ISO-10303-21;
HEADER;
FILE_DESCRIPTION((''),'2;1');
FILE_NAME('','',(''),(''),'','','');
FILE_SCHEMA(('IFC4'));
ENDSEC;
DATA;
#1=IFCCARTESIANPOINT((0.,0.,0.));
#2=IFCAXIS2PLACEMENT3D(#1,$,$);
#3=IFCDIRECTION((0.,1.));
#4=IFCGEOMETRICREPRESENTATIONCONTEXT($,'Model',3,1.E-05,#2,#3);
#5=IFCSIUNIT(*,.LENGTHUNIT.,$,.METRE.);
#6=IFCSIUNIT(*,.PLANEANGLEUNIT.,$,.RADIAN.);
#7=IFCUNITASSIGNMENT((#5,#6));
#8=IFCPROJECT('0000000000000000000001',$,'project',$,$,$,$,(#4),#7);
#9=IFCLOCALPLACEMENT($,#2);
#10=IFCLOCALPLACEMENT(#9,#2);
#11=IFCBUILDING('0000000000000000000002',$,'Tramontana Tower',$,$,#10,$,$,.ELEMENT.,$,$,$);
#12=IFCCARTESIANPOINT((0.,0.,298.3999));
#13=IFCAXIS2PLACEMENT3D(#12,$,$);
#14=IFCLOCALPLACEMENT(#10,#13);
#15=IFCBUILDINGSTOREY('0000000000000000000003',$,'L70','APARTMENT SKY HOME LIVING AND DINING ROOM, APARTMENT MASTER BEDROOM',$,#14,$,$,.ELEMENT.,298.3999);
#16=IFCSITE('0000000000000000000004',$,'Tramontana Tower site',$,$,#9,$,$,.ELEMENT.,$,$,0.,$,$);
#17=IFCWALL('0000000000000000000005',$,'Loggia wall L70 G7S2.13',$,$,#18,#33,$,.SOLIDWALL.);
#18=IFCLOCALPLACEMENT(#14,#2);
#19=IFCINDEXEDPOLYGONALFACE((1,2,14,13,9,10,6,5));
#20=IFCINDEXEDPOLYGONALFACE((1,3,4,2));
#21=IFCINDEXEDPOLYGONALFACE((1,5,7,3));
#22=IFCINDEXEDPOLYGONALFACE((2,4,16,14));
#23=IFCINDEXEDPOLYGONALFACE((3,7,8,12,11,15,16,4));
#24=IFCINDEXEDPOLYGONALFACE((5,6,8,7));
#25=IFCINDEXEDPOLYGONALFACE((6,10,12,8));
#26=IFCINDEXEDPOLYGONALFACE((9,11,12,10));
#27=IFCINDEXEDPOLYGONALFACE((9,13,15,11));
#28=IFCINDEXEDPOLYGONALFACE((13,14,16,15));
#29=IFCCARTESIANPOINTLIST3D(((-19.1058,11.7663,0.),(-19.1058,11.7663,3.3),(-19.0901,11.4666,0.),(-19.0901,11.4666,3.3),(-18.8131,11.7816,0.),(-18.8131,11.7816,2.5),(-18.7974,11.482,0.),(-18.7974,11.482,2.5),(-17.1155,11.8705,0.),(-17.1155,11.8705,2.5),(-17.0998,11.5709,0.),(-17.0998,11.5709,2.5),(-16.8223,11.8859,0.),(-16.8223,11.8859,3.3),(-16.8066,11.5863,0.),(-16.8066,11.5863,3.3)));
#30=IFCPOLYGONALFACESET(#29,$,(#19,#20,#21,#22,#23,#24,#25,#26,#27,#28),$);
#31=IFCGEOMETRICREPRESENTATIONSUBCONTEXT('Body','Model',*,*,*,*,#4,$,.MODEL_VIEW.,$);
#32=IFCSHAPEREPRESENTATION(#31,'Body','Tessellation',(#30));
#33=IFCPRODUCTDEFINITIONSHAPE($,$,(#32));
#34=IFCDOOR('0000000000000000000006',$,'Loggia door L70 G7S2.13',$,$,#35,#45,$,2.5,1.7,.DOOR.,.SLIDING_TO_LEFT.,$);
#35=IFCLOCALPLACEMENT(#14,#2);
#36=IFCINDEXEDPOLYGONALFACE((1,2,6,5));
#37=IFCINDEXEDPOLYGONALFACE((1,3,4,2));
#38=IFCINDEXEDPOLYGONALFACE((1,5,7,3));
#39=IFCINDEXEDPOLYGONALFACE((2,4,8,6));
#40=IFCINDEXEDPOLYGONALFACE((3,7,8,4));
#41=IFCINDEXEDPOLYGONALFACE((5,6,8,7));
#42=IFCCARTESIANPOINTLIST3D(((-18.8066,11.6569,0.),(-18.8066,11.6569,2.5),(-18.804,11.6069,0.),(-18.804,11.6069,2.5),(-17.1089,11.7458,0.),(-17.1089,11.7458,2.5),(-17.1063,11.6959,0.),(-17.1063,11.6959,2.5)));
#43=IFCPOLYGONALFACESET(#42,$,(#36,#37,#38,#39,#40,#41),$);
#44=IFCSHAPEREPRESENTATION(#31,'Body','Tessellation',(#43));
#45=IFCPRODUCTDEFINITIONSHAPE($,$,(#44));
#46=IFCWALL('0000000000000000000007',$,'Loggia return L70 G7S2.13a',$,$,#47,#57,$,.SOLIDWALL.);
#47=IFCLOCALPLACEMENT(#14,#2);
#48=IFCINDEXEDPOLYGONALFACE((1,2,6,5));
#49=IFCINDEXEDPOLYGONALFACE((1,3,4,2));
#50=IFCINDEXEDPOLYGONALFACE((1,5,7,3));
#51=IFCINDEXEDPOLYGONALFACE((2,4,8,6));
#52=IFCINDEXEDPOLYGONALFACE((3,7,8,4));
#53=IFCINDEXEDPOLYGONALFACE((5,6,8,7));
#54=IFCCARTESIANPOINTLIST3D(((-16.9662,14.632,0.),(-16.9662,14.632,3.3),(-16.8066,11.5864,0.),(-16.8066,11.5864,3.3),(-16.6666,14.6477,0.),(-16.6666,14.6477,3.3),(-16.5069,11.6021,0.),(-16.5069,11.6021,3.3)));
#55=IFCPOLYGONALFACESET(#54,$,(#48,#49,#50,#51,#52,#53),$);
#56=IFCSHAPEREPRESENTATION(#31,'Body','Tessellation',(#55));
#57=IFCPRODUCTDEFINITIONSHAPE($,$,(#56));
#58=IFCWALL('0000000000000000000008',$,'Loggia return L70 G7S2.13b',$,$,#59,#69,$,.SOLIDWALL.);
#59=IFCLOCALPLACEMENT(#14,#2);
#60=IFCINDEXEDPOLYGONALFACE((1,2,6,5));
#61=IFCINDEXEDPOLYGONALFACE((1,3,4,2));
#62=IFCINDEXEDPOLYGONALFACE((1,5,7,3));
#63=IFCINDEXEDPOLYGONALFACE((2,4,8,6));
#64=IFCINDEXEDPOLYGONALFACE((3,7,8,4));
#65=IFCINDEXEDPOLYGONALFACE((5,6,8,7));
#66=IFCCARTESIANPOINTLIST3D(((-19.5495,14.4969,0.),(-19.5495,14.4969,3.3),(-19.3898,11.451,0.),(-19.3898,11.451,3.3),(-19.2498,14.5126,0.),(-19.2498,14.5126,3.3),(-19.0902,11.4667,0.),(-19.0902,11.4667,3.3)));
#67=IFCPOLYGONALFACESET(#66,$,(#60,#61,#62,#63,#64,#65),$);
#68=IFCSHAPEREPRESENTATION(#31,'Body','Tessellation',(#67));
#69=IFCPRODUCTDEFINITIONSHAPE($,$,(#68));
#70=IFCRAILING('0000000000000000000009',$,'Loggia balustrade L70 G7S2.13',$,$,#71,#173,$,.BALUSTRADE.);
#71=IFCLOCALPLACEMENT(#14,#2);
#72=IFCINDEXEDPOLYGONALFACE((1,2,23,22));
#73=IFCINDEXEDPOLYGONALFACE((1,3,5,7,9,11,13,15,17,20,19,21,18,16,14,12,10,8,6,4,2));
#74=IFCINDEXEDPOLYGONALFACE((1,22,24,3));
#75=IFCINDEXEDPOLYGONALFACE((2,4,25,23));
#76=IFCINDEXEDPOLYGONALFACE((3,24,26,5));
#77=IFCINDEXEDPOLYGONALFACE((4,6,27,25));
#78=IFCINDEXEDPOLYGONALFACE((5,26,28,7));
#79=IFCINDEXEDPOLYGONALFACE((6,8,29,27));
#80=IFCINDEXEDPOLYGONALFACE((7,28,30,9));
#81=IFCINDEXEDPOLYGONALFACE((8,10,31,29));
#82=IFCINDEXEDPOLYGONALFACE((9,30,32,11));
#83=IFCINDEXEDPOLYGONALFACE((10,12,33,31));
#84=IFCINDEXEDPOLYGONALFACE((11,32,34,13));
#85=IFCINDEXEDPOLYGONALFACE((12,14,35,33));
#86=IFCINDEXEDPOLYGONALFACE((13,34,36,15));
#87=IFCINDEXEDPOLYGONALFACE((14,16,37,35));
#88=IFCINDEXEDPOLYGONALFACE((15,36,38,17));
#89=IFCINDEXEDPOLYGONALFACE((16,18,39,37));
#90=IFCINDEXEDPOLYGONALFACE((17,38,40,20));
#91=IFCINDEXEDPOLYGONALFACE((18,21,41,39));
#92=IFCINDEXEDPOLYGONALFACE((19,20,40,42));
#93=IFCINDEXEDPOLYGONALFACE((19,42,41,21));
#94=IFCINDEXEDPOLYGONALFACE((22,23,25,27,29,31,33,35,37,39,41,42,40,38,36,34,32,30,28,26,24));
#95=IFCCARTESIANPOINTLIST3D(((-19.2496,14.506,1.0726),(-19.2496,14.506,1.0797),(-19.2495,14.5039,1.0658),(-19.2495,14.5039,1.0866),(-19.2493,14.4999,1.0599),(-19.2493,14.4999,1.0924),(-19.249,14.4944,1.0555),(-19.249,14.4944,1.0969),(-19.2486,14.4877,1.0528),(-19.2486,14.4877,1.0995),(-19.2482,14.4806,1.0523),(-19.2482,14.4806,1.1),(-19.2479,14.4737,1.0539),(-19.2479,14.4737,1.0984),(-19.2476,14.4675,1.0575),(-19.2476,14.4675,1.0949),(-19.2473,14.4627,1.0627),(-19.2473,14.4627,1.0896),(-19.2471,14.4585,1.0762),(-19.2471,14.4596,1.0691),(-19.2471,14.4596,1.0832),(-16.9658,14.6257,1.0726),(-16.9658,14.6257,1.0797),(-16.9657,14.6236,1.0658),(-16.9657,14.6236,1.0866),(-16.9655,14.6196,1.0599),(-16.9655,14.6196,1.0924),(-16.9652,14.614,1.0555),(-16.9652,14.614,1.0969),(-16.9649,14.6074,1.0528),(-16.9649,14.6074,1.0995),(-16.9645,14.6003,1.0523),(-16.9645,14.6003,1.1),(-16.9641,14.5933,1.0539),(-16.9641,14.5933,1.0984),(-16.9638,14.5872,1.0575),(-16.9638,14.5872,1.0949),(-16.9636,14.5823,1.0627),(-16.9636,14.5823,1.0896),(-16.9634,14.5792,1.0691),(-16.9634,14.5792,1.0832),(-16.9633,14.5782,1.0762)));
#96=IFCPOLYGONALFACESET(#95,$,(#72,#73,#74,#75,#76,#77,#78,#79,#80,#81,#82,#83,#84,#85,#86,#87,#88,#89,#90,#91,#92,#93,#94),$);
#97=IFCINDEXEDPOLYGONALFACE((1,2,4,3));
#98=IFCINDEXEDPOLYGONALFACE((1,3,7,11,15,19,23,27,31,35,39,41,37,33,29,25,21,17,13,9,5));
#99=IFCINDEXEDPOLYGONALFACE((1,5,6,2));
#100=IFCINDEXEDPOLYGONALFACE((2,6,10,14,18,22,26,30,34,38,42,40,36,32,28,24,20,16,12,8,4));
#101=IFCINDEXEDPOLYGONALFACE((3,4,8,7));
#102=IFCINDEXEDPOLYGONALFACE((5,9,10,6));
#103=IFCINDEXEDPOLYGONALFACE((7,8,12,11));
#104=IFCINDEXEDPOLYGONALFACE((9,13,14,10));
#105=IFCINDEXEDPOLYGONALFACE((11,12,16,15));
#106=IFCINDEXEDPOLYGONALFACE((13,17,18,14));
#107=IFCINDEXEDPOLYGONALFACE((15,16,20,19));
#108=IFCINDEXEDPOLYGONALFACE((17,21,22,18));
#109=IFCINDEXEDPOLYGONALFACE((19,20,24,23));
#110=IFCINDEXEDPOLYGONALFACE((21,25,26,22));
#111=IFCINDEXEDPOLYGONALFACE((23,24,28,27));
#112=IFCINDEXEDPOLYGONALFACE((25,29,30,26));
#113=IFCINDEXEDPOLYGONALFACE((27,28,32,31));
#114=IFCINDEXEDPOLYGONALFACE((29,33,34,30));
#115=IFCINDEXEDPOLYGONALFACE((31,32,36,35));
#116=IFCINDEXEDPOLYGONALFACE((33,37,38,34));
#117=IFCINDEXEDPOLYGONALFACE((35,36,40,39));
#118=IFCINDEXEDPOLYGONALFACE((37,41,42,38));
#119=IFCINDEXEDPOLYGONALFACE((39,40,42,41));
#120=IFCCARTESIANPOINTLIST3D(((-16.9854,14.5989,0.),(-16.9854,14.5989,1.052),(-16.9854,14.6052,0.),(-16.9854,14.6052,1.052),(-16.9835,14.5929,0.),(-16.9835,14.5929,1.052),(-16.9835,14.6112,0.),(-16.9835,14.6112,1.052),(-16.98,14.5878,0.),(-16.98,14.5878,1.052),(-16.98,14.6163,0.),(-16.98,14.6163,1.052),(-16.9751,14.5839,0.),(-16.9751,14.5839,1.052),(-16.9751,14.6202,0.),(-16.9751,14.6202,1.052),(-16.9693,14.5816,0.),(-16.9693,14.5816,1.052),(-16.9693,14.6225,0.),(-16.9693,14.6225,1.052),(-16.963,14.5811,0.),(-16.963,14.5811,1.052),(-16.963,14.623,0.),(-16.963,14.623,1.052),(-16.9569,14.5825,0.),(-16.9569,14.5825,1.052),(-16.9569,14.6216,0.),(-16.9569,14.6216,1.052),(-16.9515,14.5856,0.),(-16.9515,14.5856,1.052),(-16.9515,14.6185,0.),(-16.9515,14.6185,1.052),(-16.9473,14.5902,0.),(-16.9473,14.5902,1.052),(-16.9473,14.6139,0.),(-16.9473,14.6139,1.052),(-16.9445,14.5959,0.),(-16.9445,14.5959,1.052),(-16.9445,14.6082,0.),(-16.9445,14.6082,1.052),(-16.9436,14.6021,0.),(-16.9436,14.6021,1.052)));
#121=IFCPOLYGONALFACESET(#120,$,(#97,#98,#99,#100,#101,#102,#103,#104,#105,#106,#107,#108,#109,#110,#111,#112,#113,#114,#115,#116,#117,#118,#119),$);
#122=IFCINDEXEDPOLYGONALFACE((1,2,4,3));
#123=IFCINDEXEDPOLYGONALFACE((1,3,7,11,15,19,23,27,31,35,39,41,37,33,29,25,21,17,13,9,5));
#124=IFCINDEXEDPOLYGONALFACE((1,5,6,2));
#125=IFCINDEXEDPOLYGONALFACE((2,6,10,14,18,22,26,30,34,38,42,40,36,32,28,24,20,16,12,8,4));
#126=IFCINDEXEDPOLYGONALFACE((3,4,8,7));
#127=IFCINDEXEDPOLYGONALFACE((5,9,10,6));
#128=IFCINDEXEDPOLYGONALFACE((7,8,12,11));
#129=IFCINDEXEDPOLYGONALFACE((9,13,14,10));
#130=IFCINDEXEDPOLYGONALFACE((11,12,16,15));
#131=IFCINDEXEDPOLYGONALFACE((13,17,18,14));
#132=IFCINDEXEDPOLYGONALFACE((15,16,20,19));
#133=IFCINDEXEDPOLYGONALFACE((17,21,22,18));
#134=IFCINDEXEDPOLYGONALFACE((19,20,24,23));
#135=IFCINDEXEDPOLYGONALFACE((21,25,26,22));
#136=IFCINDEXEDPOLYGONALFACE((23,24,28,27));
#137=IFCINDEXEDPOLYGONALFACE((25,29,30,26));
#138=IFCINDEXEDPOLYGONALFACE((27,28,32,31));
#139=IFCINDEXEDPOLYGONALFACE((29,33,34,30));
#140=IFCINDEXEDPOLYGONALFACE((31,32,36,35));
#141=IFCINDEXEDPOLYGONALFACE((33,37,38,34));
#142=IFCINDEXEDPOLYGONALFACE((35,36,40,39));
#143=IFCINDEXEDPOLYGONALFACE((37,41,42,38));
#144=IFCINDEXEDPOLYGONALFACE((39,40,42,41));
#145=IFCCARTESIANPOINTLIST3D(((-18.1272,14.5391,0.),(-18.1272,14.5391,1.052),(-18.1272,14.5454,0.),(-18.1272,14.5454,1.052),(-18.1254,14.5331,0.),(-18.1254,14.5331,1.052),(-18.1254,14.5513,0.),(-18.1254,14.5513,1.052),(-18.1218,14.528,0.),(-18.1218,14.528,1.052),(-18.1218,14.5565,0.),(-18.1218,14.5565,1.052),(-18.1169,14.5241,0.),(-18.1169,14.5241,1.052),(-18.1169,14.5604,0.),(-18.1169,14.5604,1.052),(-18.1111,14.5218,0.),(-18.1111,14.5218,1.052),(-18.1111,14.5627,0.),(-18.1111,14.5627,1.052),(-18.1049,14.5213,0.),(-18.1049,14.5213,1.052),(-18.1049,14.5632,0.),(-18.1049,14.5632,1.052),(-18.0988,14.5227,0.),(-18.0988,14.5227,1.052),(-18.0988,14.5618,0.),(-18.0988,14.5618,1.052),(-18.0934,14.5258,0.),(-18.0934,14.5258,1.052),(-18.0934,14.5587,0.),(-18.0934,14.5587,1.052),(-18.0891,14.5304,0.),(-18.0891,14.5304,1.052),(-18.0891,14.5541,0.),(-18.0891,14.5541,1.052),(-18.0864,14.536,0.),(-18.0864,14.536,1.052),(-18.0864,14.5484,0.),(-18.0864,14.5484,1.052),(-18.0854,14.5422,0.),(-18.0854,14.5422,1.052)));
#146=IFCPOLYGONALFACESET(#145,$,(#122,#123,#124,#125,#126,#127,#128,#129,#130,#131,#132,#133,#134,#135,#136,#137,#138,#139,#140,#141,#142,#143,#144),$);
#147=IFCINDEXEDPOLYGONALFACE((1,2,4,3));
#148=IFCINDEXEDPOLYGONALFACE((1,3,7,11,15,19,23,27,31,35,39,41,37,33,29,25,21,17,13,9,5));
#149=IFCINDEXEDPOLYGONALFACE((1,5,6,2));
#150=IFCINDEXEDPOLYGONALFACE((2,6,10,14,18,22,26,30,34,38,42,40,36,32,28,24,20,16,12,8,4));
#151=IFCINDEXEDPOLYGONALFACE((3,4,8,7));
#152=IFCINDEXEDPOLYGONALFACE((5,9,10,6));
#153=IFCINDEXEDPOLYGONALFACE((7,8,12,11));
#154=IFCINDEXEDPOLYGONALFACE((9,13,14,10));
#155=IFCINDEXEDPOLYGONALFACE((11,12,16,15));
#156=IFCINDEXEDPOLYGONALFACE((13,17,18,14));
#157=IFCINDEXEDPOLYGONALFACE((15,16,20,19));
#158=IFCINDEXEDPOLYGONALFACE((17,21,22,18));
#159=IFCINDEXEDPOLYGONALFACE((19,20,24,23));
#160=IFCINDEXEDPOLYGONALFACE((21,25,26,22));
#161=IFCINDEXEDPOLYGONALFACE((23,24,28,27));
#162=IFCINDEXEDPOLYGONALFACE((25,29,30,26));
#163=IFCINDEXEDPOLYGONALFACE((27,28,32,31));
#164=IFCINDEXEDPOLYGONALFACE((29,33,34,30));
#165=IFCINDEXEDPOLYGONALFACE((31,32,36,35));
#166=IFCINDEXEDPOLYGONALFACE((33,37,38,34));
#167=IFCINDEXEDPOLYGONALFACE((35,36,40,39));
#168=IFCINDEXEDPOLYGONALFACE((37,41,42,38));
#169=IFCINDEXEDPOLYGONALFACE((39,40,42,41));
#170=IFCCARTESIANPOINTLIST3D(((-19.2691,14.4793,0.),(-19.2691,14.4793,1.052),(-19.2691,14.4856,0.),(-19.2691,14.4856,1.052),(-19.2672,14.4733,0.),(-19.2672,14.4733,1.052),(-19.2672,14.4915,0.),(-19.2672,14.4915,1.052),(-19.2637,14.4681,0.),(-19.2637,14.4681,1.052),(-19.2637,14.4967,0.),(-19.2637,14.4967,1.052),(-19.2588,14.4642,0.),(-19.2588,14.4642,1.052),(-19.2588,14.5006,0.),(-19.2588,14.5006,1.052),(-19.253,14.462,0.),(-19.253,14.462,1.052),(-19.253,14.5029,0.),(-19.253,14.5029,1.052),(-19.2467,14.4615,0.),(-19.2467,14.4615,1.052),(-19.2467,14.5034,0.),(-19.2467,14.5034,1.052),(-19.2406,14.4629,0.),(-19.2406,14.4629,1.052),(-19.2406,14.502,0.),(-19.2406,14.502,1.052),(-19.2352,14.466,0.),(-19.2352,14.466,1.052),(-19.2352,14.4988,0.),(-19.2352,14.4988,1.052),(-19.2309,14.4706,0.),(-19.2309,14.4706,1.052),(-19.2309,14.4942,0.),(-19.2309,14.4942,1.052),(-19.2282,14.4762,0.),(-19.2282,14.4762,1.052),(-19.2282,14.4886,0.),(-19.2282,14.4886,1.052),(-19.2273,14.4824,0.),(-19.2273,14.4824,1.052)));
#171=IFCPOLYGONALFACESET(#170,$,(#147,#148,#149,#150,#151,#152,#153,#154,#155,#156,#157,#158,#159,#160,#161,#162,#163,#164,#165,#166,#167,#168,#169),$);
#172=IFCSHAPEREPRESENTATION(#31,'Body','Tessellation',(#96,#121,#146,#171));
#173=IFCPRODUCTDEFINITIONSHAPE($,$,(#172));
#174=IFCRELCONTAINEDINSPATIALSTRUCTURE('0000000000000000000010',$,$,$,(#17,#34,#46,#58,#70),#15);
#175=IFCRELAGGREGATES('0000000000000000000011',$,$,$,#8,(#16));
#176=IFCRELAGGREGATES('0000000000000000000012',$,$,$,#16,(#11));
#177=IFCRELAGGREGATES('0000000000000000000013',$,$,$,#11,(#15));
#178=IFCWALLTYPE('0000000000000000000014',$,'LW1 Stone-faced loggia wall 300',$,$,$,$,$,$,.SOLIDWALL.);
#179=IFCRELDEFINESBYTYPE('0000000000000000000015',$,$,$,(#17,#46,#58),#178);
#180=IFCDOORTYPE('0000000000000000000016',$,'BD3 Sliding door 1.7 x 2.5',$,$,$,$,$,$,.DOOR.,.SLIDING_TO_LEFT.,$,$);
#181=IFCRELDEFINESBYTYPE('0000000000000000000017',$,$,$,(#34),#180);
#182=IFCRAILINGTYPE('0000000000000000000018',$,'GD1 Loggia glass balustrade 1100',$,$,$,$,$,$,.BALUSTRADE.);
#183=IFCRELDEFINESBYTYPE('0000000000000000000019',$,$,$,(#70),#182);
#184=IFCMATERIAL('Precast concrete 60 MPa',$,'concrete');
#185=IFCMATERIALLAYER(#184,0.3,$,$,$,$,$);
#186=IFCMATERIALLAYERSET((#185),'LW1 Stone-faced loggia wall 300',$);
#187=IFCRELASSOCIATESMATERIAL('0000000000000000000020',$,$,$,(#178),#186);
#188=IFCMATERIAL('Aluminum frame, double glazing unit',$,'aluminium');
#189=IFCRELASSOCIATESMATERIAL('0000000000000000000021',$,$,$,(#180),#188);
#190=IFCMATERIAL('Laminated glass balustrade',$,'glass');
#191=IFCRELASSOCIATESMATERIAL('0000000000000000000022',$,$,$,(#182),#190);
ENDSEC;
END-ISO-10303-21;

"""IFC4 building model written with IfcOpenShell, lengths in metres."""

from ifc_helpers import new_model, si_unit, direction, frame, frame_2d, origin, origin_2d, place, context, subcontext, project, spatial, rectangle, circle, extrude, material, layer, layer_set, type_object, element, fill, save


model = new_model("IFC4")

# Units and contexts
model_context = context("Model", 3, precision=1e-05, world=origin(), true_north=direction((0.0, 1.0)))
body_context = subcontext(model_context, "Body", "Model", "MODEL_VIEW")
ifc_project = project(units=[si_unit("LENGTHUNIT", "METRE"), si_unit("PLANEANGLEUNIT", "RADIAN")], contexts=[model_context])

# Site, building, storey
site_placement = place(None, origin())
site = spatial("IfcSite", under=ifc_project, at=site_placement, Name="Tramontana Tower site", CompositionType="ELEMENT", RefElevation=0.0)
building_placement = place(site_placement, origin())
building = spatial("IfcBuilding", under=site, at=building_placement, Name="Tramontana Tower", CompositionType="ELEMENT")
storey_placement = place(building_placement, frame((0.0, 0.0, 298.3999)))
storey = spatial("IfcBuildingStorey", under=building, at=storey_placement, Name="L70", Description="APARTMENT SKY HOME LIVING AND DINING ROOM, APARTMENT MASTER BEDROOM", CompositionType="ELEMENT", Elevation=298.3999)

# Wall, opening, door
ifc_material_1 = material(Name="Precast concrete 60 MPa", Category="concrete")
ifc_layer_1 = layer(ifc_material_1, 0.3)
ifc_layer_set_1 = layer_set([ifc_layer_1], Name="LW1 Stone-faced loggia wall 300")
wall_type_1 = type_object("IfcWallType", Name="LW1 Stone-faced loggia wall 300", PredefinedType="SOLIDWALL", material=ifc_layer_set_1)
wall_1_placement = place(storey_placement, frame((-16.8145, 11.7361, 0.0), z_axis=(0.0, 0.0, 1.0), x_axis=(-0.99863, -0.052318, 0.0)))
wall_1 = element("IfcWall", 1, at=wall_1_placement, inside=storey, type_object=wall_type_1, Name="Loggia wall L70 G7S2.13", PredefinedType="SOLIDWALL", context=body_context, shape_type="SweptSolid", body=[
    extrude(rectangle(XDim=2.2866, YDim=0.3, at=frame_2d((1.1433, 0.0))), origin(), (0.0, 0.0, 1.0), 3.3),
])
opening_1_placement = place(wall_1_placement, frame((0.2935, 0.0, 0.0)))
opening_1 = element("IfcOpeningElement", 2, at=opening_1_placement, cuts=wall_1, PredefinedType="OPENING", context=body_context, shape_type="SweptSolid", body=[
    extrude(rectangle(XDim=1.7, YDim=2.5, at=frame_2d((0.8501, 1.25))), frame((0.0, 0.1599, 0.0), z_axis=(0.0, -1.0, 0.0), x_axis=(1.0, 0.0, 0.0)), (0.0, 0.0, 1.0), 0.3201),
])
ifc_material_2 = material(Name="Aluminum frame, double glazing unit", Category="aluminium")
door_type_1 = type_object("IfcDoorType", Name="BD3 Sliding door 1.7 x 2.5", OperationType="SLIDING_TO_LEFT", PredefinedType="DOOR", material=ifc_material_2)
door_1_placement = place(opening_1_placement, origin())
door_1 = element("IfcDoor", 3, at=door_1_placement, inside=storey, type_object=door_type_1, Name="Loggia door L70 G7S2.13", OperationType="SLIDING_TO_LEFT", OverallHeight=2.5, OverallWidth=1.7, PredefinedType="DOOR", context=body_context, shape_type="SweptSolid", body=[
    extrude(rectangle(XDim=1.7, YDim=2.5, at=frame_2d((0.8501, 1.25))), frame((0.0, 0.0249, 0.0), z_axis=(0.0, -1.0, 0.0), x_axis=(1.0, 0.0, 0.0)), (0.0, 0.0, 1.0), 0.05),
])
fill(opening_1, door_1)

# Walls
wall_2_placement = place(storey_placement, frame((-16.8164, 14.6399, 0.0), z_axis=(0.0, 0.0, 1.0), x_axis=(0.052353, -0.998629, 0.0)))
element("IfcWall", 4, at=wall_2_placement, inside=storey, type_object=wall_type_1, Name="Loggia return L70 G7S2.13a", PredefinedType="SOLIDWALL", context=body_context, shape_type="SweptSolid", body=[
    extrude(rectangle(XDim=3.0498, YDim=0.3, at=frame_2d((1.5249, 0.0))), origin(), (0.0, 0.0, 1.0), 3.3),
])
wall_3_placement = place(storey_placement, frame((-19.3997, 14.5046, 0.0), z_axis=(0.0, 0.0, 1.0), x_axis=(0.052349, -0.998629, 0.0)))
element("IfcWall", 5, at=wall_3_placement, inside=storey, type_object=wall_type_1, Name="Loggia return L70 G7S2.13b", PredefinedType="SOLIDWALL", context=body_context, shape_type="SweptSolid", body=[
    extrude(rectangle(XDim=3.05, YDim=0.3, at=frame_2d((1.5249, 0.0))), origin(), (0.0, 0.0, 1.0), 3.3),
])

# Railing
ifc_material_3 = material(Name="Laminated glass balustrade", Category="glass")
railing_type = type_object("IfcRailingType", Name="GD1 Loggia glass balustrade 1100", PredefinedType="BALUSTRADE", material=ifc_material_3)
railing_1_placement = place(storey_placement, frame((-16.9646, 14.6021, 0.0)))
element("IfcRailing", 6, at=railing_1_placement, inside=storey, type_object=railing_type, Name="Loggia balustrade L70 G7S2.13", PredefinedType="BALUSTRADE", context=body_context, shape_type="SweptSolid", body=[
    extrude(circle(Radius=0.0239, at=origin_2d()), frame((0.0, 0.0, 1.0762), z_axis=(-0.998631, -0.052312, 0.0), x_axis=(0.052312, -0.998631, 0.0)), (0.0, 0.0, 1.0), 2.2869),
    extrude(circle(Radius=0.021, at=origin_2d()), origin(), (0.0, 0.0, 1.0), 1.052),
    extrude(circle(Radius=0.021, at=origin_2d()), frame((-1.1418, -0.0598, 0.0)), (0.0, 0.0, 1.0), 1.052),
    extrude(circle(Radius=0.021, at=origin_2d()), frame((-2.2837, -0.1196, 0.0)), (0.0, 0.0, 1.0), 1.052),
])

save(model, "model.ifc")
